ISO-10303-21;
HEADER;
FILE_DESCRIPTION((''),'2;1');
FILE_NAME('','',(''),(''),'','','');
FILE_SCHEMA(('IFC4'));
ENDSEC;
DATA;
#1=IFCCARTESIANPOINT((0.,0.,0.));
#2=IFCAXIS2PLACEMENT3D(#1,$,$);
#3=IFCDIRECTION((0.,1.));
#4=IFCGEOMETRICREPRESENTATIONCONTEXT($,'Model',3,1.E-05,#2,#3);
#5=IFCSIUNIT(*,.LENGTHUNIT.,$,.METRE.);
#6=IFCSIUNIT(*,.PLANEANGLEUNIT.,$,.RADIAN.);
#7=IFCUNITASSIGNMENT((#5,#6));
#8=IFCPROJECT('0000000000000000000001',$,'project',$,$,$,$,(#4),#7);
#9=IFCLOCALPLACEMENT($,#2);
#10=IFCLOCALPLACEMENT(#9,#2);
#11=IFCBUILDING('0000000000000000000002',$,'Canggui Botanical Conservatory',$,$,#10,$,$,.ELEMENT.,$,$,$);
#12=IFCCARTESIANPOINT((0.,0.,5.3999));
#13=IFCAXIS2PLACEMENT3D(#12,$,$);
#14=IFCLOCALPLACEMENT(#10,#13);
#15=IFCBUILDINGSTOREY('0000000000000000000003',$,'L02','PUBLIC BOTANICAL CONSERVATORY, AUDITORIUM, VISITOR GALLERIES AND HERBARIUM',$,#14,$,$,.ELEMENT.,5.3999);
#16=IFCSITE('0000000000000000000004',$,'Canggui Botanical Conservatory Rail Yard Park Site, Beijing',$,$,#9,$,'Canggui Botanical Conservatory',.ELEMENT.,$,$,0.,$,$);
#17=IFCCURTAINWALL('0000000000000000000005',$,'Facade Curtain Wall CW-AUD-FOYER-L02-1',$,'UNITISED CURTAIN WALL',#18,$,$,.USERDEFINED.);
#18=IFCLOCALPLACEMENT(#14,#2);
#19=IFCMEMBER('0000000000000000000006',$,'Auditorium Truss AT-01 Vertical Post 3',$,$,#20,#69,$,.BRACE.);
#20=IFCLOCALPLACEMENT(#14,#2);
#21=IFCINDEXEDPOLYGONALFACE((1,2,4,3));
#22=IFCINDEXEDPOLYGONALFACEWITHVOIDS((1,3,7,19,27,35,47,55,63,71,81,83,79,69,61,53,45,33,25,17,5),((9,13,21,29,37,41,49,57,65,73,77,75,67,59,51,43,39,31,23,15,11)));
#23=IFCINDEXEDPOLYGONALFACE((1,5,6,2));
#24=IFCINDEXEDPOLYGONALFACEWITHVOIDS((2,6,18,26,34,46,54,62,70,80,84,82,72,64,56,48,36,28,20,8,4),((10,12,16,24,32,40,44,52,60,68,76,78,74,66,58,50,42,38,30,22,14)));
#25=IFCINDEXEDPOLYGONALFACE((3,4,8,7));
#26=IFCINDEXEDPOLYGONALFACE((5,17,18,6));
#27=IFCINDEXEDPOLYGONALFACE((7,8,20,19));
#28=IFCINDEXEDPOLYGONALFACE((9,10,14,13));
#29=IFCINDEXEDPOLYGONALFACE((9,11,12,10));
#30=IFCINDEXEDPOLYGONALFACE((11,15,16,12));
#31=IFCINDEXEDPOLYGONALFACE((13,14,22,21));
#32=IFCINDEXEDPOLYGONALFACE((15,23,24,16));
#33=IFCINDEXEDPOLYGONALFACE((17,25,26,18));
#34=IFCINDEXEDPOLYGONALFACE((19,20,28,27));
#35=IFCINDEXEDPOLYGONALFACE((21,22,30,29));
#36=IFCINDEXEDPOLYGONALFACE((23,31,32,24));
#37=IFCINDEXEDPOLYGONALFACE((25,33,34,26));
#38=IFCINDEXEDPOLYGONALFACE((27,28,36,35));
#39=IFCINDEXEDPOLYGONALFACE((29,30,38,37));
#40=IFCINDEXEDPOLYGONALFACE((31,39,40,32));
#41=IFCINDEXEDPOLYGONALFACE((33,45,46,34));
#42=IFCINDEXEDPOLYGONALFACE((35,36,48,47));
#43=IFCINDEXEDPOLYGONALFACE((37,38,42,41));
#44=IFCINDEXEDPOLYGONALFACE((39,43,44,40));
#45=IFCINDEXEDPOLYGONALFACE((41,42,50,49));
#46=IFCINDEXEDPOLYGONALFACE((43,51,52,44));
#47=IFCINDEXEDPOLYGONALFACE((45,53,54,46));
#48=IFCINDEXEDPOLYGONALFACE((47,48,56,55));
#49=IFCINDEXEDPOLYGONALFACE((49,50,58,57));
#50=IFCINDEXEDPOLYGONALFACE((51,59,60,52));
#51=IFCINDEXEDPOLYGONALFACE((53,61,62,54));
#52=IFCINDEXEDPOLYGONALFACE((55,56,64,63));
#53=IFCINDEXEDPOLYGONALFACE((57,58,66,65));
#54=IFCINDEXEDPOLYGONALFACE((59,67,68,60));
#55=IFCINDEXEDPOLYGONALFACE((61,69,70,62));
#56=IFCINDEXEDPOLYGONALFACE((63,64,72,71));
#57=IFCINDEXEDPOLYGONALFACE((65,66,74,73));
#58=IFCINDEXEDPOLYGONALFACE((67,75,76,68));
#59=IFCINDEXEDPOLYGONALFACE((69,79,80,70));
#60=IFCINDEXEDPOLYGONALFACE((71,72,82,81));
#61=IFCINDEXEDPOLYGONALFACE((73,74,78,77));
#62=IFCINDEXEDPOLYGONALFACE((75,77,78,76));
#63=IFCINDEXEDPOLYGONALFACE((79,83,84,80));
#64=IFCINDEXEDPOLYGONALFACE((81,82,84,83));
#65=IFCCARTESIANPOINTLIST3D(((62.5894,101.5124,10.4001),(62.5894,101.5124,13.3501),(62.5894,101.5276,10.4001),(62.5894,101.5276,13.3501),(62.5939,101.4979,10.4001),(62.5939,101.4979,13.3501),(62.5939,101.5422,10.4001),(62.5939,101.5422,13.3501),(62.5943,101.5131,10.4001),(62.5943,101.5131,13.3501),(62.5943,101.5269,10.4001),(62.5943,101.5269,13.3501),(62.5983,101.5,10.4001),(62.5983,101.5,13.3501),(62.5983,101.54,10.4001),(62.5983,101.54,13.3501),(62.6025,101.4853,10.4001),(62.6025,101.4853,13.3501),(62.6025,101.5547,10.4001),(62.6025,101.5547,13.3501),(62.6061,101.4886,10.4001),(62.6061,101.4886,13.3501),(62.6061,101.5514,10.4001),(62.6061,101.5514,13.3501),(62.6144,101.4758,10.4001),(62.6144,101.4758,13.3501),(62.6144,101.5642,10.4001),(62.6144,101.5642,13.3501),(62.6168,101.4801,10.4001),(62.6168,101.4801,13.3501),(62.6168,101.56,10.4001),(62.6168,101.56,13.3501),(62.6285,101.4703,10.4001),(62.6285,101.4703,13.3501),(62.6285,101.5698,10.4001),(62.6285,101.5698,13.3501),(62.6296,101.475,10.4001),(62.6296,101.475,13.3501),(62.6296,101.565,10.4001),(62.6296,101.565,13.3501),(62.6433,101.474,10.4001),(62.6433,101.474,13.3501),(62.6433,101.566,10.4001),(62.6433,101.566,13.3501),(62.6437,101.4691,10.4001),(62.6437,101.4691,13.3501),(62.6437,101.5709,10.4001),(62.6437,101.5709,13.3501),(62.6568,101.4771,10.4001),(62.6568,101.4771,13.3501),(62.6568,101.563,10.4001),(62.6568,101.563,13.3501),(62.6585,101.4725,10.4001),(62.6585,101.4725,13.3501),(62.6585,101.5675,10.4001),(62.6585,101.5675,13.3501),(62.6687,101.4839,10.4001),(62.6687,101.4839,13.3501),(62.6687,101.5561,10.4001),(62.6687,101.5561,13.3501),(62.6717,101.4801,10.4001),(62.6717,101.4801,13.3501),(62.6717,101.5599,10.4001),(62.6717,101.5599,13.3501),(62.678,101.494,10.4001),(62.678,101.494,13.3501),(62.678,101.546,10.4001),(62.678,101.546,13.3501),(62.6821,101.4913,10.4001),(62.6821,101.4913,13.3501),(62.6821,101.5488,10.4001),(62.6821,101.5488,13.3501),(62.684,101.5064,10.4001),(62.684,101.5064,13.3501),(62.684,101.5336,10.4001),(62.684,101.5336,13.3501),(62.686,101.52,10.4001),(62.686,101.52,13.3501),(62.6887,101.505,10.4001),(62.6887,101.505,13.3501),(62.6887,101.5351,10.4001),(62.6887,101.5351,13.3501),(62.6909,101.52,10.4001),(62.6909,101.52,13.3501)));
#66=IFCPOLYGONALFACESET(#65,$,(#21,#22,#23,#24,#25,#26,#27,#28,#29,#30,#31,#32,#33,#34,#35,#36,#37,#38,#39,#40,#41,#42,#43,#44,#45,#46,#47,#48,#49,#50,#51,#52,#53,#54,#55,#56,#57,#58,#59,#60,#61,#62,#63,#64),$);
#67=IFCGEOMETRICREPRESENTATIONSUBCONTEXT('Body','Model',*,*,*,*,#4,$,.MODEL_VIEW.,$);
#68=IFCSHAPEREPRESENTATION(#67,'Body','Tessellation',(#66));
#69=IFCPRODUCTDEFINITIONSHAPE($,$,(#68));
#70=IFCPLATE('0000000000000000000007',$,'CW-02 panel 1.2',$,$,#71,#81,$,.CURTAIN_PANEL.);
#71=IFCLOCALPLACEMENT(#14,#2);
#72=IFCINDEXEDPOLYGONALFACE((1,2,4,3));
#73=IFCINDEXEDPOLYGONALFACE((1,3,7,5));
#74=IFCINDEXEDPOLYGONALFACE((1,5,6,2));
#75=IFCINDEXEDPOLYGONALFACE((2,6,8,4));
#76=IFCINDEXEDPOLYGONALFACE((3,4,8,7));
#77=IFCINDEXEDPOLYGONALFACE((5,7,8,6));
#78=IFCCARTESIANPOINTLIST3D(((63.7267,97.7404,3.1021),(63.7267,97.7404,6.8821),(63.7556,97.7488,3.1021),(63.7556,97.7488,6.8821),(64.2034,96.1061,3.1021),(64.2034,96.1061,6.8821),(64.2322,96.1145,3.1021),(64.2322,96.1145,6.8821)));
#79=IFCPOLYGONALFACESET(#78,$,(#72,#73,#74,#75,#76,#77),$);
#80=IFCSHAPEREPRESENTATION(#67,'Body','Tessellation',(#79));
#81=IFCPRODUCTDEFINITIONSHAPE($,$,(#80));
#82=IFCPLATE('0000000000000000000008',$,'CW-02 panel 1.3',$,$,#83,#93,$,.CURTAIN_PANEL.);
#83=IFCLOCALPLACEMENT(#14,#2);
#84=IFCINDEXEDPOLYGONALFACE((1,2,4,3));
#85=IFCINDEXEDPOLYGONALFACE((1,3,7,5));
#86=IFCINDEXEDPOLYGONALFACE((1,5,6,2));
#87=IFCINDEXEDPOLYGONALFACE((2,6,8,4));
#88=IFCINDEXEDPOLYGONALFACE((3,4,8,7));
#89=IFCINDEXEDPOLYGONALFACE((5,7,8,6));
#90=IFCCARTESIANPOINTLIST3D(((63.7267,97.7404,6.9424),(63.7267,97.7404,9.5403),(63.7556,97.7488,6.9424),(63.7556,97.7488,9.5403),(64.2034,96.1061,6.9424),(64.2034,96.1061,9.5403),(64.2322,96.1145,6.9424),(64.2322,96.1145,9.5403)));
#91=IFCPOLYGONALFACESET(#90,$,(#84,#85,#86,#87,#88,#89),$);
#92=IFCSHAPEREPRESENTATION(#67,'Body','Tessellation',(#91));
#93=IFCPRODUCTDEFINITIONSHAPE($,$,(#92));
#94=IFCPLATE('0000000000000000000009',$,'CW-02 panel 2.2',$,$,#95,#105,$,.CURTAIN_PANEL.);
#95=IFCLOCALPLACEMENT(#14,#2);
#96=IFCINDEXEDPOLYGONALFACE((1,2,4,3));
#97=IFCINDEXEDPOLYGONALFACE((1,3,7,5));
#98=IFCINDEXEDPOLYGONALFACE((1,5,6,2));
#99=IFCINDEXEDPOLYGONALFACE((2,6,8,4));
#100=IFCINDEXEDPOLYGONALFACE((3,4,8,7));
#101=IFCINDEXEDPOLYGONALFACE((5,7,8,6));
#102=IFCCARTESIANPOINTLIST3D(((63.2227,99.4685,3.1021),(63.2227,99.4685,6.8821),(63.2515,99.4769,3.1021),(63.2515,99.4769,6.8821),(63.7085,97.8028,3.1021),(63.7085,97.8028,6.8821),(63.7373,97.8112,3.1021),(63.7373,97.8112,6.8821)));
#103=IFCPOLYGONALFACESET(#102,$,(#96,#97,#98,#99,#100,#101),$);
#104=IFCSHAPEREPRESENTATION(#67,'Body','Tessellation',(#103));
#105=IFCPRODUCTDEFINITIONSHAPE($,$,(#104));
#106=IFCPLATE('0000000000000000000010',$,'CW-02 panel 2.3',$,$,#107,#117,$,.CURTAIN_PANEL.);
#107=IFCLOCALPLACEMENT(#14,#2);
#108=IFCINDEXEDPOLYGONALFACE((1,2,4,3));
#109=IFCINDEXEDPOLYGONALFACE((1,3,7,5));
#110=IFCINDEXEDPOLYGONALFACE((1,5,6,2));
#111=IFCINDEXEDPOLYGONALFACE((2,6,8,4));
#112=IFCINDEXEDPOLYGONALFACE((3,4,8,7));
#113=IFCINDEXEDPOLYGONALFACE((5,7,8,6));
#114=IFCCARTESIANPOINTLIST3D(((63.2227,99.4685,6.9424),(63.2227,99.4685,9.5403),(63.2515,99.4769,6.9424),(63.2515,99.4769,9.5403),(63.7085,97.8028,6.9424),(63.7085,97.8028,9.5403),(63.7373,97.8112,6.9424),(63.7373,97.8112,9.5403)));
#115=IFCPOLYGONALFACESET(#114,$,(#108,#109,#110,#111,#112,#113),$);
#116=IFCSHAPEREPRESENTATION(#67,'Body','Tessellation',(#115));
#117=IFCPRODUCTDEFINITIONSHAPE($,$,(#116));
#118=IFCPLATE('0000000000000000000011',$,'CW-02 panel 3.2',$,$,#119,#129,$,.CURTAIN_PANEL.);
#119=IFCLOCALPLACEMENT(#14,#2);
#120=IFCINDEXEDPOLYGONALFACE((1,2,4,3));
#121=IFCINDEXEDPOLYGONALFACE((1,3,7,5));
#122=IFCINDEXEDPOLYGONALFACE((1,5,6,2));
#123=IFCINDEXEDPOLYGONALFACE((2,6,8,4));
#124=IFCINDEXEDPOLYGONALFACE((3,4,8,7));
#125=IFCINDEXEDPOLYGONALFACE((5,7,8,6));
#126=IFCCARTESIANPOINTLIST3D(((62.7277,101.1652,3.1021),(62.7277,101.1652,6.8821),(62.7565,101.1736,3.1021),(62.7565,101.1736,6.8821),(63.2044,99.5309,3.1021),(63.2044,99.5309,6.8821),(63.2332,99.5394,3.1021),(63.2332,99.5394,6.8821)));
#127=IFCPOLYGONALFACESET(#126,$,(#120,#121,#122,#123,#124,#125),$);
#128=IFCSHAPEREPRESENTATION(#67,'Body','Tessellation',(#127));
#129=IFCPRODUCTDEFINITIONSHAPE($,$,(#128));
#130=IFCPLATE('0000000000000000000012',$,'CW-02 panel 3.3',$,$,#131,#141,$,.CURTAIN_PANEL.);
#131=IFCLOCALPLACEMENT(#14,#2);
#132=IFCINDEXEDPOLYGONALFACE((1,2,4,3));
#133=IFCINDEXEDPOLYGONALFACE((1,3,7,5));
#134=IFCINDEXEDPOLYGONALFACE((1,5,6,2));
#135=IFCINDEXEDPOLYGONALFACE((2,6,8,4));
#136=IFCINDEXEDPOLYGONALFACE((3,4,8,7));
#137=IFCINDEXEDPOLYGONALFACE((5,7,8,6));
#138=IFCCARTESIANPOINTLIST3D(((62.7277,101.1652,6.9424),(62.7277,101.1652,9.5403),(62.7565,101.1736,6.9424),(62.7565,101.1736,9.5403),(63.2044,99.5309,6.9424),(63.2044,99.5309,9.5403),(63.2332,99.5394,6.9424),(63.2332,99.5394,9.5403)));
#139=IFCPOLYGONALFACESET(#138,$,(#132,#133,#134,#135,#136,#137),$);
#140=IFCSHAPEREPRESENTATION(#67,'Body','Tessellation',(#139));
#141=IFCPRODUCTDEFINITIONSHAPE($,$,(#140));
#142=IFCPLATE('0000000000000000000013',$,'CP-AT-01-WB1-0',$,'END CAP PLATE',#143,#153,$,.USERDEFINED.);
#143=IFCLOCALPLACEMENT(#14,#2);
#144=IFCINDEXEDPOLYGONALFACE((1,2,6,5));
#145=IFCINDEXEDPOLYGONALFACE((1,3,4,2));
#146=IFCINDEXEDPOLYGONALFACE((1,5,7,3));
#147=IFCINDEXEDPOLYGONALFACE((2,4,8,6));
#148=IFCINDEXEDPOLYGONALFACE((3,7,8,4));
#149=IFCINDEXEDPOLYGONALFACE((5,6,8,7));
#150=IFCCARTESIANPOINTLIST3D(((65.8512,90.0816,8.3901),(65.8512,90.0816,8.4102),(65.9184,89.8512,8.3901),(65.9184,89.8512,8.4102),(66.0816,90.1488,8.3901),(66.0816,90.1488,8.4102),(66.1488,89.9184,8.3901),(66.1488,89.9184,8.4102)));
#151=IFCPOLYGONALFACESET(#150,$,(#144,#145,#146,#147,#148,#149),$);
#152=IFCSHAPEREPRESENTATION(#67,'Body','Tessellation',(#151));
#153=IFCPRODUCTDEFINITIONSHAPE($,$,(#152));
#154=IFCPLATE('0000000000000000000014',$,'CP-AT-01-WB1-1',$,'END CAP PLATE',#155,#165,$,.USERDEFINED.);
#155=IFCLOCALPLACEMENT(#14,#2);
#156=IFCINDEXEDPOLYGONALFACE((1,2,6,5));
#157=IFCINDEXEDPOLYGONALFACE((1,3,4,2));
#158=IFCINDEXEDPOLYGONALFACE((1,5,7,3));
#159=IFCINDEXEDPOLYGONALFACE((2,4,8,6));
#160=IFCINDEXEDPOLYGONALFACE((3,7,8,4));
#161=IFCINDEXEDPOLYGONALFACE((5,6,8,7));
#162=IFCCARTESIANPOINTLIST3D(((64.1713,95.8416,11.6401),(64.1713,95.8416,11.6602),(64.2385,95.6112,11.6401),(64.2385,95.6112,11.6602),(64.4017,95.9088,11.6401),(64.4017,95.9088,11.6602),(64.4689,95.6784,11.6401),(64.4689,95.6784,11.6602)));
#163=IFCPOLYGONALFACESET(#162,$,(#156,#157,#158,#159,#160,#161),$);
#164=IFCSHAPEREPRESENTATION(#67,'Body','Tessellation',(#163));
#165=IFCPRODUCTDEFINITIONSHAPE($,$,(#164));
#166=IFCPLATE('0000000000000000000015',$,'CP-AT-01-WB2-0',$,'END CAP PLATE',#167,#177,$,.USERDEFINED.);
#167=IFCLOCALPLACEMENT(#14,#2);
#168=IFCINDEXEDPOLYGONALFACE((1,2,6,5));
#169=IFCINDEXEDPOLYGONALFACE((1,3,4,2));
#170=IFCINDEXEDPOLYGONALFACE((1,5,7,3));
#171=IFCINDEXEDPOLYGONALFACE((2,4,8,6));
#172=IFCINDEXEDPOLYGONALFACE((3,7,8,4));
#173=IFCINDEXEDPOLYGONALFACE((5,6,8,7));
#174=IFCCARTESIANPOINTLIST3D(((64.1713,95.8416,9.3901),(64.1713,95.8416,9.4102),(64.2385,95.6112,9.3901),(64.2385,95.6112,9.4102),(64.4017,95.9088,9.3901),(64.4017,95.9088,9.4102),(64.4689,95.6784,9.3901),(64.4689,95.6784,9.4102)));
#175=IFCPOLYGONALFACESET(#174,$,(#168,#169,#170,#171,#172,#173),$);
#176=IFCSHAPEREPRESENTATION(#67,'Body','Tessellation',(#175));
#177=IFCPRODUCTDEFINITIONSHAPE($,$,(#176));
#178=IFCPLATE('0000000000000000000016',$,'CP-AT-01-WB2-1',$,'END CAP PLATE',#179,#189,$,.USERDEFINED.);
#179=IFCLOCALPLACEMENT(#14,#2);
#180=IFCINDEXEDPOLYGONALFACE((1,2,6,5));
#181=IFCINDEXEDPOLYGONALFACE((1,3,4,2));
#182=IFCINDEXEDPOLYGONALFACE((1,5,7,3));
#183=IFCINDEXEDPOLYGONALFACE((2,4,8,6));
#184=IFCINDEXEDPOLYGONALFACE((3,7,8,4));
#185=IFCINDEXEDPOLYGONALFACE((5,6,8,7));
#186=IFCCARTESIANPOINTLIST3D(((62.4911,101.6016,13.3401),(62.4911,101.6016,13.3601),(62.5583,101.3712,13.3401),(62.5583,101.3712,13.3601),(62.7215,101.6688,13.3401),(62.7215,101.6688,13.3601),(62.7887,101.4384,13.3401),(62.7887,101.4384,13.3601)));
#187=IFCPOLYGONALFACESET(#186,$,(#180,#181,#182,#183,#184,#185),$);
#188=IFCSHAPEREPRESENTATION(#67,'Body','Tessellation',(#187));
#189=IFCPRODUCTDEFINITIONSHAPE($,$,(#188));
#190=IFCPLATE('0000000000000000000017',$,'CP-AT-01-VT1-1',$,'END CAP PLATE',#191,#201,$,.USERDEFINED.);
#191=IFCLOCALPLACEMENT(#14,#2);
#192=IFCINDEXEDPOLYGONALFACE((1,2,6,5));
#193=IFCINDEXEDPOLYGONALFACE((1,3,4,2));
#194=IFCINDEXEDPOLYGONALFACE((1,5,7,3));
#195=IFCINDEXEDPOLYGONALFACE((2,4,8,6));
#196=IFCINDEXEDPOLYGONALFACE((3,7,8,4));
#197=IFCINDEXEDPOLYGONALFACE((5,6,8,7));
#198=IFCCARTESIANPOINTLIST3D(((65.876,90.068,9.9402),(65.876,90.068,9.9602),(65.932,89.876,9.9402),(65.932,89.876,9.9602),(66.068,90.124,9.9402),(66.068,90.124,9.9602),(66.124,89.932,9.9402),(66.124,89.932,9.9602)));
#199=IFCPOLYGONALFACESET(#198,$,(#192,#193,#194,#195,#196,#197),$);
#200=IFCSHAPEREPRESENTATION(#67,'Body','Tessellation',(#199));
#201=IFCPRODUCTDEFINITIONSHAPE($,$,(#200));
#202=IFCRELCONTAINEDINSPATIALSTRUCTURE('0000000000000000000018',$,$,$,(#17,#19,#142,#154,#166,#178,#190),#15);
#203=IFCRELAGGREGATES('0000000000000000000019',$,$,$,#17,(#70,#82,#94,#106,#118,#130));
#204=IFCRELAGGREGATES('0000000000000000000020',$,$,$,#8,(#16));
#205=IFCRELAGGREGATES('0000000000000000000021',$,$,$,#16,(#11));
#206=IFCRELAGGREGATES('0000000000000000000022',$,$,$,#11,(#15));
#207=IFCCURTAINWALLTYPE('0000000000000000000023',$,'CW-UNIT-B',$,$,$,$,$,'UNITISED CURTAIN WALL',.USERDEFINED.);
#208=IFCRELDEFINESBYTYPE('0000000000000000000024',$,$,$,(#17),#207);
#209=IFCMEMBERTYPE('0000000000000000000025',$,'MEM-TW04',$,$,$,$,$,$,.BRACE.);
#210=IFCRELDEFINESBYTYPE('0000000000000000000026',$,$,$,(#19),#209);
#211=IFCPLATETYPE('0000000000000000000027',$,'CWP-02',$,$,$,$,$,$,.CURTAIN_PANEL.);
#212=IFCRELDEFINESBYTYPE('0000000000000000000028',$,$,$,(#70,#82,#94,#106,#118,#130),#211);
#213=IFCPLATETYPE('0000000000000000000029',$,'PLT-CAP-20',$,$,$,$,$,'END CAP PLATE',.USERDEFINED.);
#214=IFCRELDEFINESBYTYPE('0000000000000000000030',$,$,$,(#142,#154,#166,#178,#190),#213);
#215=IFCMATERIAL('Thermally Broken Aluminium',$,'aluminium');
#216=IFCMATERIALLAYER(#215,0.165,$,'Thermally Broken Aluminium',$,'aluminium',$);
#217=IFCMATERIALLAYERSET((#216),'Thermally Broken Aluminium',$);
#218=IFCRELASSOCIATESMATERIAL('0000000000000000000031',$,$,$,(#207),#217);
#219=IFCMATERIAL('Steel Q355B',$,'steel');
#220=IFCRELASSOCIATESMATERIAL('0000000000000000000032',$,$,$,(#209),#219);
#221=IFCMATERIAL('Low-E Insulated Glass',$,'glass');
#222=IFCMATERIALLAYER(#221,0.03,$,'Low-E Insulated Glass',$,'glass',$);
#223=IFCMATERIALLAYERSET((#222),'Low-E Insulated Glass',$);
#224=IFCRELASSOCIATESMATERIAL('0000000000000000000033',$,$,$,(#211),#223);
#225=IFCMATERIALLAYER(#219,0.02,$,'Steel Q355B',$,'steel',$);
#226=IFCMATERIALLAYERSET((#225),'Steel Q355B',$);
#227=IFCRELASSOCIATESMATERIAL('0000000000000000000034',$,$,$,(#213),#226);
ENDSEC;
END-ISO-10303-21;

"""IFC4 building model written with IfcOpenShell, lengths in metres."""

from ifc_helpers import new_model, si_unit, direction, frame, origin, origin_2d, place, context, subcontext, project, spatial, rectangle, hollow_circle, extrude, material, layer, layer_set, material_profile, profile_set, type_object, element, aggregate, save


model = new_model("IFC4")

# Units and contexts
model_context = context("Model", 3, precision=1e-05, world=origin(), true_north=direction((0.0, 1.0)))
body_context = subcontext(model_context, "Body", "Model", "MODEL_VIEW")
ifc_project = project(units=[si_unit("LENGTHUNIT", "METRE"), si_unit("PLANEANGLEUNIT", "RADIAN")], contexts=[model_context])

# Site, building, storey
site_placement = place(None, origin())
site = spatial("IfcSite", under=ifc_project, at=site_placement, Name="Canggui Botanical Conservatory Rail Yard Park Site, Beijing", LongName="Canggui Botanical Conservatory", CompositionType="ELEMENT", RefElevation=0.0)
building_placement = place(site_placement, origin())
building = spatial("IfcBuilding", under=site, at=building_placement, Name="Canggui Botanical Conservatory", CompositionType="ELEMENT")
storey_placement = place(building_placement, frame((0.0, 0.0, 5.3999)))
storey = spatial("IfcBuildingStorey", under=building, at=storey_placement, Name="L02", Description="PUBLIC BOTANICAL CONSERVATORY, AUDITORIUM, VISITOR GALLERIES AND HERBARIUM", CompositionType="ELEMENT", Elevation=5.3999)

# Curtain wall
ifc_material_1 = material(Name="Thermally Broken Aluminium", Category="aluminium")
ifc_layer_1 = layer(ifc_material_1, 0.165, Name="Thermally Broken Aluminium", Category="aluminium")
ifc_layer_set_1 = layer_set([ifc_layer_1], Name="Thermally Broken Aluminium")
curtain_wall_type_1 = type_object("IfcCurtainWallType", Name="CW-UNIT-B", ElementType="UNITISED CURTAIN WALL", PredefinedType="USERDEFINED", material=ifc_layer_set_1)
curtain_wall_1_placement = place(storey_placement, origin())
curtain_wall_1 = element("IfcCurtainWall", 1, at=curtain_wall_1_placement, inside=storey, type_object=curtain_wall_type_1, Name="Facade Curtain Wall CW-AUD-FOYER-L02-1", ObjectType="UNITISED CURTAIN WALL", PredefinedType="USERDEFINED")

# Member
ifc_material_2 = material(Name="Steel Q355B", Category="steel")
ifc_material_profile_1 = material_profile(ifc_material_2, hollow_circle(Radius=0.051, WallThickness=0.0049, at=origin_2d()), Name="CHS 102x5")
ifc_profile_set_1 = profile_set([ifc_material_profile_1], Name="Steel Q355B")
member_type_1 = type_object("IfcMemberType", Name="MEM-TW04", PredefinedType="BRACE", material=ifc_profile_set_1)
member_1_placement = place(storey_placement, frame((62.6399, 101.52, 10.4001), z_axis=(0.0, 0.0, 1.0), x_axis=(1.0, 0.0, 0.0)))
element("IfcMember", 2, at=member_1_placement, inside=storey, type_object=member_type_1, Name="Auditorium Truss AT-01 Vertical Post 3", PredefinedType="BRACE", context=body_context, shape_type="SweptSolid", body=[
    extrude(hollow_circle(Radius=0.051, WallThickness=0.0049, at=origin_2d()), origin(), (0.0, 0.0, 1.0), 2.95),
])

# Plates
ifc_material_3 = material(Name="Low-E Insulated Glass", Category="glass")
ifc_layer_2 = layer(ifc_material_3, 0.03, Name="Low-E Insulated Glass", Category="glass")
ifc_layer_set_2 = layer_set([ifc_layer_2], Name="Low-E Insulated Glass")
plate_type_1 = type_object("IfcPlateType", Name="CWP-02", PredefinedType="CURTAIN_PANEL", material=ifc_layer_set_2)
plate_1_placement = place(storey_placement, frame((63.9795, 96.9275, 3.1021), z_axis=(0.0, 0.0, 1.0), x_axis=(-0.28, 0.96, 0.0)))
plate_1 = element("IfcPlate", 3, at=plate_1_placement, type_object=plate_type_1, Name="CW-02 panel 1.2", PredefinedType="CURTAIN_PANEL", context=body_context, shape_type="SweptSolid", body=[
    extrude(rectangle(XDim=1.7024, YDim=0.03, at=origin_2d()), origin(), (0.0, 0.0, 1.0), 3.78),
])
plate_2_placement = place(storey_placement, frame((63.9795, 96.9275, 6.9424), z_axis=(0.0, 0.0, 1.0), x_axis=(-0.28, 0.96, 0.0)))
plate_2 = element("IfcPlate", 4, at=plate_2_placement, type_object=plate_type_1, Name="CW-02 panel 1.3", PredefinedType="CURTAIN_PANEL", context=body_context, shape_type="SweptSolid", body=[
    extrude(rectangle(XDim=1.7024, YDim=0.03, at=origin_2d()), origin(), (0.0, 0.0, 1.0), 2.5979),
])
plate_3_placement = place(storey_placement, frame((63.48, 98.6399, 3.1021), z_axis=(0.0, 0.0, 1.0), x_axis=(-0.28, 0.96, 0.0)))
plate_3 = element("IfcPlate", 5, at=plate_3_placement, type_object=plate_type_1, Name="CW-02 panel 2.2", PredefinedType="CURTAIN_PANEL", context=body_context, shape_type="SweptSolid", body=[
    extrude(rectangle(XDim=1.7351, YDim=0.03, at=origin_2d()), origin(), (0.0, 0.0, 1.0), 3.78),
])
plate_4_placement = place(storey_placement, frame((63.48, 98.6399, 6.9424), z_axis=(0.0, 0.0, 1.0), x_axis=(-0.28, 0.96, 0.0)))
plate_4 = element("IfcPlate", 6, at=plate_4_placement, type_object=plate_type_1, Name="CW-02 panel 2.3", PredefinedType="CURTAIN_PANEL", context=body_context, shape_type="SweptSolid", body=[
    extrude(rectangle(XDim=1.7351, YDim=0.03, at=origin_2d()), origin(), (0.0, 0.0, 1.0), 2.5979),
])
plate_5_placement = place(storey_placement, frame((62.9805, 100.3523, 3.1021), z_axis=(0.0, 0.0, 1.0), x_axis=(-0.28, 0.96, 0.0)))
plate_5 = element("IfcPlate", 7, at=plate_5_placement, type_object=plate_type_1, Name="CW-02 panel 3.2", PredefinedType="CURTAIN_PANEL", context=body_context, shape_type="SweptSolid", body=[
    extrude(rectangle(XDim=1.7024, YDim=0.03, at=origin_2d()), origin(), (0.0, 0.0, 1.0), 3.78),
])
plate_6_placement = place(storey_placement, frame((62.9805, 100.3523, 6.9424), z_axis=(0.0, 0.0, 1.0), x_axis=(-0.28, 0.96, 0.0)))
plate_6 = element("IfcPlate", 8, at=plate_6_placement, type_object=plate_type_1, Name="CW-02 panel 3.3", PredefinedType="CURTAIN_PANEL", context=body_context, shape_type="SweptSolid", body=[
    extrude(rectangle(XDim=1.7024, YDim=0.03, at=origin_2d()), origin(), (0.0, 0.0, 1.0), 2.5979),
])
aggregate(curtain_wall_1, [plate_1, plate_2, plate_3, plate_4, plate_5, plate_6])

# Plates
ifc_layer_3 = layer(ifc_material_2, 0.02, Name="Steel Q355B", Category="steel")
ifc_layer_set_3 = layer_set([ifc_layer_3], Name="Steel Q355B")
plate_type_2 = type_object("IfcPlateType", Name="PLT-CAP-20", ElementType="END CAP PLATE", PredefinedType="USERDEFINED", material=ifc_layer_set_3)
for number, where, z_axis, x_axis, name in (
    (9, (66.0, 90.0, 8.3901), (0.0, 0.0, 1.0), (0.96, 0.28, 0.0), "CP-AT-01-WB1-0"),
    (10, (64.3201, 95.76, 11.6401), (0.0, 0.0, 1.0), (0.96, 0.28, 0.0), "CP-AT-01-WB1-1"),
    (11, (64.3201, 95.76, 9.3901), (0.0, 0.0, 1.0), (0.96, 0.28, 0.0), "CP-AT-01-WB2-0"),
    (12, (62.6399, 101.52, 13.3401), (0.0, 0.0, 1.0), (0.96, 0.28, 0.0), "CP-AT-01-WB2-1"),
):
    element("IfcPlate", number, at=place(storey_placement, frame(where, z_axis=z_axis, x_axis=x_axis)), inside=storey, type_object=plate_type_2, Name=name, ObjectType="END CAP PLATE", PredefinedType="USERDEFINED", context=body_context, shape_type="SweptSolid", body=[
        extrude(rectangle(XDim=0.24, YDim=0.24, at=origin_2d()), origin(), (0.0, 0.0, 1.0), 0.02),
    ])
plate_7_placement = place(storey_placement, frame((66.0, 90.0, 9.9402), z_axis=(0.0, 0.0, 1.0), x_axis=(0.96, 0.28, 0.0)))
element("IfcPlate", 13, at=plate_7_placement, inside=storey, type_object=plate_type_2, Name="CP-AT-01-VT1-1", ObjectType="END CAP PLATE", PredefinedType="USERDEFINED", context=body_context, shape_type="SweptSolid", body=[
    extrude(rectangle(XDim=0.2, YDim=0.2, at=origin_2d()), origin(), (0.0, 0.0, 1.0), 0.02),
])

save(model, "model.ifc")
